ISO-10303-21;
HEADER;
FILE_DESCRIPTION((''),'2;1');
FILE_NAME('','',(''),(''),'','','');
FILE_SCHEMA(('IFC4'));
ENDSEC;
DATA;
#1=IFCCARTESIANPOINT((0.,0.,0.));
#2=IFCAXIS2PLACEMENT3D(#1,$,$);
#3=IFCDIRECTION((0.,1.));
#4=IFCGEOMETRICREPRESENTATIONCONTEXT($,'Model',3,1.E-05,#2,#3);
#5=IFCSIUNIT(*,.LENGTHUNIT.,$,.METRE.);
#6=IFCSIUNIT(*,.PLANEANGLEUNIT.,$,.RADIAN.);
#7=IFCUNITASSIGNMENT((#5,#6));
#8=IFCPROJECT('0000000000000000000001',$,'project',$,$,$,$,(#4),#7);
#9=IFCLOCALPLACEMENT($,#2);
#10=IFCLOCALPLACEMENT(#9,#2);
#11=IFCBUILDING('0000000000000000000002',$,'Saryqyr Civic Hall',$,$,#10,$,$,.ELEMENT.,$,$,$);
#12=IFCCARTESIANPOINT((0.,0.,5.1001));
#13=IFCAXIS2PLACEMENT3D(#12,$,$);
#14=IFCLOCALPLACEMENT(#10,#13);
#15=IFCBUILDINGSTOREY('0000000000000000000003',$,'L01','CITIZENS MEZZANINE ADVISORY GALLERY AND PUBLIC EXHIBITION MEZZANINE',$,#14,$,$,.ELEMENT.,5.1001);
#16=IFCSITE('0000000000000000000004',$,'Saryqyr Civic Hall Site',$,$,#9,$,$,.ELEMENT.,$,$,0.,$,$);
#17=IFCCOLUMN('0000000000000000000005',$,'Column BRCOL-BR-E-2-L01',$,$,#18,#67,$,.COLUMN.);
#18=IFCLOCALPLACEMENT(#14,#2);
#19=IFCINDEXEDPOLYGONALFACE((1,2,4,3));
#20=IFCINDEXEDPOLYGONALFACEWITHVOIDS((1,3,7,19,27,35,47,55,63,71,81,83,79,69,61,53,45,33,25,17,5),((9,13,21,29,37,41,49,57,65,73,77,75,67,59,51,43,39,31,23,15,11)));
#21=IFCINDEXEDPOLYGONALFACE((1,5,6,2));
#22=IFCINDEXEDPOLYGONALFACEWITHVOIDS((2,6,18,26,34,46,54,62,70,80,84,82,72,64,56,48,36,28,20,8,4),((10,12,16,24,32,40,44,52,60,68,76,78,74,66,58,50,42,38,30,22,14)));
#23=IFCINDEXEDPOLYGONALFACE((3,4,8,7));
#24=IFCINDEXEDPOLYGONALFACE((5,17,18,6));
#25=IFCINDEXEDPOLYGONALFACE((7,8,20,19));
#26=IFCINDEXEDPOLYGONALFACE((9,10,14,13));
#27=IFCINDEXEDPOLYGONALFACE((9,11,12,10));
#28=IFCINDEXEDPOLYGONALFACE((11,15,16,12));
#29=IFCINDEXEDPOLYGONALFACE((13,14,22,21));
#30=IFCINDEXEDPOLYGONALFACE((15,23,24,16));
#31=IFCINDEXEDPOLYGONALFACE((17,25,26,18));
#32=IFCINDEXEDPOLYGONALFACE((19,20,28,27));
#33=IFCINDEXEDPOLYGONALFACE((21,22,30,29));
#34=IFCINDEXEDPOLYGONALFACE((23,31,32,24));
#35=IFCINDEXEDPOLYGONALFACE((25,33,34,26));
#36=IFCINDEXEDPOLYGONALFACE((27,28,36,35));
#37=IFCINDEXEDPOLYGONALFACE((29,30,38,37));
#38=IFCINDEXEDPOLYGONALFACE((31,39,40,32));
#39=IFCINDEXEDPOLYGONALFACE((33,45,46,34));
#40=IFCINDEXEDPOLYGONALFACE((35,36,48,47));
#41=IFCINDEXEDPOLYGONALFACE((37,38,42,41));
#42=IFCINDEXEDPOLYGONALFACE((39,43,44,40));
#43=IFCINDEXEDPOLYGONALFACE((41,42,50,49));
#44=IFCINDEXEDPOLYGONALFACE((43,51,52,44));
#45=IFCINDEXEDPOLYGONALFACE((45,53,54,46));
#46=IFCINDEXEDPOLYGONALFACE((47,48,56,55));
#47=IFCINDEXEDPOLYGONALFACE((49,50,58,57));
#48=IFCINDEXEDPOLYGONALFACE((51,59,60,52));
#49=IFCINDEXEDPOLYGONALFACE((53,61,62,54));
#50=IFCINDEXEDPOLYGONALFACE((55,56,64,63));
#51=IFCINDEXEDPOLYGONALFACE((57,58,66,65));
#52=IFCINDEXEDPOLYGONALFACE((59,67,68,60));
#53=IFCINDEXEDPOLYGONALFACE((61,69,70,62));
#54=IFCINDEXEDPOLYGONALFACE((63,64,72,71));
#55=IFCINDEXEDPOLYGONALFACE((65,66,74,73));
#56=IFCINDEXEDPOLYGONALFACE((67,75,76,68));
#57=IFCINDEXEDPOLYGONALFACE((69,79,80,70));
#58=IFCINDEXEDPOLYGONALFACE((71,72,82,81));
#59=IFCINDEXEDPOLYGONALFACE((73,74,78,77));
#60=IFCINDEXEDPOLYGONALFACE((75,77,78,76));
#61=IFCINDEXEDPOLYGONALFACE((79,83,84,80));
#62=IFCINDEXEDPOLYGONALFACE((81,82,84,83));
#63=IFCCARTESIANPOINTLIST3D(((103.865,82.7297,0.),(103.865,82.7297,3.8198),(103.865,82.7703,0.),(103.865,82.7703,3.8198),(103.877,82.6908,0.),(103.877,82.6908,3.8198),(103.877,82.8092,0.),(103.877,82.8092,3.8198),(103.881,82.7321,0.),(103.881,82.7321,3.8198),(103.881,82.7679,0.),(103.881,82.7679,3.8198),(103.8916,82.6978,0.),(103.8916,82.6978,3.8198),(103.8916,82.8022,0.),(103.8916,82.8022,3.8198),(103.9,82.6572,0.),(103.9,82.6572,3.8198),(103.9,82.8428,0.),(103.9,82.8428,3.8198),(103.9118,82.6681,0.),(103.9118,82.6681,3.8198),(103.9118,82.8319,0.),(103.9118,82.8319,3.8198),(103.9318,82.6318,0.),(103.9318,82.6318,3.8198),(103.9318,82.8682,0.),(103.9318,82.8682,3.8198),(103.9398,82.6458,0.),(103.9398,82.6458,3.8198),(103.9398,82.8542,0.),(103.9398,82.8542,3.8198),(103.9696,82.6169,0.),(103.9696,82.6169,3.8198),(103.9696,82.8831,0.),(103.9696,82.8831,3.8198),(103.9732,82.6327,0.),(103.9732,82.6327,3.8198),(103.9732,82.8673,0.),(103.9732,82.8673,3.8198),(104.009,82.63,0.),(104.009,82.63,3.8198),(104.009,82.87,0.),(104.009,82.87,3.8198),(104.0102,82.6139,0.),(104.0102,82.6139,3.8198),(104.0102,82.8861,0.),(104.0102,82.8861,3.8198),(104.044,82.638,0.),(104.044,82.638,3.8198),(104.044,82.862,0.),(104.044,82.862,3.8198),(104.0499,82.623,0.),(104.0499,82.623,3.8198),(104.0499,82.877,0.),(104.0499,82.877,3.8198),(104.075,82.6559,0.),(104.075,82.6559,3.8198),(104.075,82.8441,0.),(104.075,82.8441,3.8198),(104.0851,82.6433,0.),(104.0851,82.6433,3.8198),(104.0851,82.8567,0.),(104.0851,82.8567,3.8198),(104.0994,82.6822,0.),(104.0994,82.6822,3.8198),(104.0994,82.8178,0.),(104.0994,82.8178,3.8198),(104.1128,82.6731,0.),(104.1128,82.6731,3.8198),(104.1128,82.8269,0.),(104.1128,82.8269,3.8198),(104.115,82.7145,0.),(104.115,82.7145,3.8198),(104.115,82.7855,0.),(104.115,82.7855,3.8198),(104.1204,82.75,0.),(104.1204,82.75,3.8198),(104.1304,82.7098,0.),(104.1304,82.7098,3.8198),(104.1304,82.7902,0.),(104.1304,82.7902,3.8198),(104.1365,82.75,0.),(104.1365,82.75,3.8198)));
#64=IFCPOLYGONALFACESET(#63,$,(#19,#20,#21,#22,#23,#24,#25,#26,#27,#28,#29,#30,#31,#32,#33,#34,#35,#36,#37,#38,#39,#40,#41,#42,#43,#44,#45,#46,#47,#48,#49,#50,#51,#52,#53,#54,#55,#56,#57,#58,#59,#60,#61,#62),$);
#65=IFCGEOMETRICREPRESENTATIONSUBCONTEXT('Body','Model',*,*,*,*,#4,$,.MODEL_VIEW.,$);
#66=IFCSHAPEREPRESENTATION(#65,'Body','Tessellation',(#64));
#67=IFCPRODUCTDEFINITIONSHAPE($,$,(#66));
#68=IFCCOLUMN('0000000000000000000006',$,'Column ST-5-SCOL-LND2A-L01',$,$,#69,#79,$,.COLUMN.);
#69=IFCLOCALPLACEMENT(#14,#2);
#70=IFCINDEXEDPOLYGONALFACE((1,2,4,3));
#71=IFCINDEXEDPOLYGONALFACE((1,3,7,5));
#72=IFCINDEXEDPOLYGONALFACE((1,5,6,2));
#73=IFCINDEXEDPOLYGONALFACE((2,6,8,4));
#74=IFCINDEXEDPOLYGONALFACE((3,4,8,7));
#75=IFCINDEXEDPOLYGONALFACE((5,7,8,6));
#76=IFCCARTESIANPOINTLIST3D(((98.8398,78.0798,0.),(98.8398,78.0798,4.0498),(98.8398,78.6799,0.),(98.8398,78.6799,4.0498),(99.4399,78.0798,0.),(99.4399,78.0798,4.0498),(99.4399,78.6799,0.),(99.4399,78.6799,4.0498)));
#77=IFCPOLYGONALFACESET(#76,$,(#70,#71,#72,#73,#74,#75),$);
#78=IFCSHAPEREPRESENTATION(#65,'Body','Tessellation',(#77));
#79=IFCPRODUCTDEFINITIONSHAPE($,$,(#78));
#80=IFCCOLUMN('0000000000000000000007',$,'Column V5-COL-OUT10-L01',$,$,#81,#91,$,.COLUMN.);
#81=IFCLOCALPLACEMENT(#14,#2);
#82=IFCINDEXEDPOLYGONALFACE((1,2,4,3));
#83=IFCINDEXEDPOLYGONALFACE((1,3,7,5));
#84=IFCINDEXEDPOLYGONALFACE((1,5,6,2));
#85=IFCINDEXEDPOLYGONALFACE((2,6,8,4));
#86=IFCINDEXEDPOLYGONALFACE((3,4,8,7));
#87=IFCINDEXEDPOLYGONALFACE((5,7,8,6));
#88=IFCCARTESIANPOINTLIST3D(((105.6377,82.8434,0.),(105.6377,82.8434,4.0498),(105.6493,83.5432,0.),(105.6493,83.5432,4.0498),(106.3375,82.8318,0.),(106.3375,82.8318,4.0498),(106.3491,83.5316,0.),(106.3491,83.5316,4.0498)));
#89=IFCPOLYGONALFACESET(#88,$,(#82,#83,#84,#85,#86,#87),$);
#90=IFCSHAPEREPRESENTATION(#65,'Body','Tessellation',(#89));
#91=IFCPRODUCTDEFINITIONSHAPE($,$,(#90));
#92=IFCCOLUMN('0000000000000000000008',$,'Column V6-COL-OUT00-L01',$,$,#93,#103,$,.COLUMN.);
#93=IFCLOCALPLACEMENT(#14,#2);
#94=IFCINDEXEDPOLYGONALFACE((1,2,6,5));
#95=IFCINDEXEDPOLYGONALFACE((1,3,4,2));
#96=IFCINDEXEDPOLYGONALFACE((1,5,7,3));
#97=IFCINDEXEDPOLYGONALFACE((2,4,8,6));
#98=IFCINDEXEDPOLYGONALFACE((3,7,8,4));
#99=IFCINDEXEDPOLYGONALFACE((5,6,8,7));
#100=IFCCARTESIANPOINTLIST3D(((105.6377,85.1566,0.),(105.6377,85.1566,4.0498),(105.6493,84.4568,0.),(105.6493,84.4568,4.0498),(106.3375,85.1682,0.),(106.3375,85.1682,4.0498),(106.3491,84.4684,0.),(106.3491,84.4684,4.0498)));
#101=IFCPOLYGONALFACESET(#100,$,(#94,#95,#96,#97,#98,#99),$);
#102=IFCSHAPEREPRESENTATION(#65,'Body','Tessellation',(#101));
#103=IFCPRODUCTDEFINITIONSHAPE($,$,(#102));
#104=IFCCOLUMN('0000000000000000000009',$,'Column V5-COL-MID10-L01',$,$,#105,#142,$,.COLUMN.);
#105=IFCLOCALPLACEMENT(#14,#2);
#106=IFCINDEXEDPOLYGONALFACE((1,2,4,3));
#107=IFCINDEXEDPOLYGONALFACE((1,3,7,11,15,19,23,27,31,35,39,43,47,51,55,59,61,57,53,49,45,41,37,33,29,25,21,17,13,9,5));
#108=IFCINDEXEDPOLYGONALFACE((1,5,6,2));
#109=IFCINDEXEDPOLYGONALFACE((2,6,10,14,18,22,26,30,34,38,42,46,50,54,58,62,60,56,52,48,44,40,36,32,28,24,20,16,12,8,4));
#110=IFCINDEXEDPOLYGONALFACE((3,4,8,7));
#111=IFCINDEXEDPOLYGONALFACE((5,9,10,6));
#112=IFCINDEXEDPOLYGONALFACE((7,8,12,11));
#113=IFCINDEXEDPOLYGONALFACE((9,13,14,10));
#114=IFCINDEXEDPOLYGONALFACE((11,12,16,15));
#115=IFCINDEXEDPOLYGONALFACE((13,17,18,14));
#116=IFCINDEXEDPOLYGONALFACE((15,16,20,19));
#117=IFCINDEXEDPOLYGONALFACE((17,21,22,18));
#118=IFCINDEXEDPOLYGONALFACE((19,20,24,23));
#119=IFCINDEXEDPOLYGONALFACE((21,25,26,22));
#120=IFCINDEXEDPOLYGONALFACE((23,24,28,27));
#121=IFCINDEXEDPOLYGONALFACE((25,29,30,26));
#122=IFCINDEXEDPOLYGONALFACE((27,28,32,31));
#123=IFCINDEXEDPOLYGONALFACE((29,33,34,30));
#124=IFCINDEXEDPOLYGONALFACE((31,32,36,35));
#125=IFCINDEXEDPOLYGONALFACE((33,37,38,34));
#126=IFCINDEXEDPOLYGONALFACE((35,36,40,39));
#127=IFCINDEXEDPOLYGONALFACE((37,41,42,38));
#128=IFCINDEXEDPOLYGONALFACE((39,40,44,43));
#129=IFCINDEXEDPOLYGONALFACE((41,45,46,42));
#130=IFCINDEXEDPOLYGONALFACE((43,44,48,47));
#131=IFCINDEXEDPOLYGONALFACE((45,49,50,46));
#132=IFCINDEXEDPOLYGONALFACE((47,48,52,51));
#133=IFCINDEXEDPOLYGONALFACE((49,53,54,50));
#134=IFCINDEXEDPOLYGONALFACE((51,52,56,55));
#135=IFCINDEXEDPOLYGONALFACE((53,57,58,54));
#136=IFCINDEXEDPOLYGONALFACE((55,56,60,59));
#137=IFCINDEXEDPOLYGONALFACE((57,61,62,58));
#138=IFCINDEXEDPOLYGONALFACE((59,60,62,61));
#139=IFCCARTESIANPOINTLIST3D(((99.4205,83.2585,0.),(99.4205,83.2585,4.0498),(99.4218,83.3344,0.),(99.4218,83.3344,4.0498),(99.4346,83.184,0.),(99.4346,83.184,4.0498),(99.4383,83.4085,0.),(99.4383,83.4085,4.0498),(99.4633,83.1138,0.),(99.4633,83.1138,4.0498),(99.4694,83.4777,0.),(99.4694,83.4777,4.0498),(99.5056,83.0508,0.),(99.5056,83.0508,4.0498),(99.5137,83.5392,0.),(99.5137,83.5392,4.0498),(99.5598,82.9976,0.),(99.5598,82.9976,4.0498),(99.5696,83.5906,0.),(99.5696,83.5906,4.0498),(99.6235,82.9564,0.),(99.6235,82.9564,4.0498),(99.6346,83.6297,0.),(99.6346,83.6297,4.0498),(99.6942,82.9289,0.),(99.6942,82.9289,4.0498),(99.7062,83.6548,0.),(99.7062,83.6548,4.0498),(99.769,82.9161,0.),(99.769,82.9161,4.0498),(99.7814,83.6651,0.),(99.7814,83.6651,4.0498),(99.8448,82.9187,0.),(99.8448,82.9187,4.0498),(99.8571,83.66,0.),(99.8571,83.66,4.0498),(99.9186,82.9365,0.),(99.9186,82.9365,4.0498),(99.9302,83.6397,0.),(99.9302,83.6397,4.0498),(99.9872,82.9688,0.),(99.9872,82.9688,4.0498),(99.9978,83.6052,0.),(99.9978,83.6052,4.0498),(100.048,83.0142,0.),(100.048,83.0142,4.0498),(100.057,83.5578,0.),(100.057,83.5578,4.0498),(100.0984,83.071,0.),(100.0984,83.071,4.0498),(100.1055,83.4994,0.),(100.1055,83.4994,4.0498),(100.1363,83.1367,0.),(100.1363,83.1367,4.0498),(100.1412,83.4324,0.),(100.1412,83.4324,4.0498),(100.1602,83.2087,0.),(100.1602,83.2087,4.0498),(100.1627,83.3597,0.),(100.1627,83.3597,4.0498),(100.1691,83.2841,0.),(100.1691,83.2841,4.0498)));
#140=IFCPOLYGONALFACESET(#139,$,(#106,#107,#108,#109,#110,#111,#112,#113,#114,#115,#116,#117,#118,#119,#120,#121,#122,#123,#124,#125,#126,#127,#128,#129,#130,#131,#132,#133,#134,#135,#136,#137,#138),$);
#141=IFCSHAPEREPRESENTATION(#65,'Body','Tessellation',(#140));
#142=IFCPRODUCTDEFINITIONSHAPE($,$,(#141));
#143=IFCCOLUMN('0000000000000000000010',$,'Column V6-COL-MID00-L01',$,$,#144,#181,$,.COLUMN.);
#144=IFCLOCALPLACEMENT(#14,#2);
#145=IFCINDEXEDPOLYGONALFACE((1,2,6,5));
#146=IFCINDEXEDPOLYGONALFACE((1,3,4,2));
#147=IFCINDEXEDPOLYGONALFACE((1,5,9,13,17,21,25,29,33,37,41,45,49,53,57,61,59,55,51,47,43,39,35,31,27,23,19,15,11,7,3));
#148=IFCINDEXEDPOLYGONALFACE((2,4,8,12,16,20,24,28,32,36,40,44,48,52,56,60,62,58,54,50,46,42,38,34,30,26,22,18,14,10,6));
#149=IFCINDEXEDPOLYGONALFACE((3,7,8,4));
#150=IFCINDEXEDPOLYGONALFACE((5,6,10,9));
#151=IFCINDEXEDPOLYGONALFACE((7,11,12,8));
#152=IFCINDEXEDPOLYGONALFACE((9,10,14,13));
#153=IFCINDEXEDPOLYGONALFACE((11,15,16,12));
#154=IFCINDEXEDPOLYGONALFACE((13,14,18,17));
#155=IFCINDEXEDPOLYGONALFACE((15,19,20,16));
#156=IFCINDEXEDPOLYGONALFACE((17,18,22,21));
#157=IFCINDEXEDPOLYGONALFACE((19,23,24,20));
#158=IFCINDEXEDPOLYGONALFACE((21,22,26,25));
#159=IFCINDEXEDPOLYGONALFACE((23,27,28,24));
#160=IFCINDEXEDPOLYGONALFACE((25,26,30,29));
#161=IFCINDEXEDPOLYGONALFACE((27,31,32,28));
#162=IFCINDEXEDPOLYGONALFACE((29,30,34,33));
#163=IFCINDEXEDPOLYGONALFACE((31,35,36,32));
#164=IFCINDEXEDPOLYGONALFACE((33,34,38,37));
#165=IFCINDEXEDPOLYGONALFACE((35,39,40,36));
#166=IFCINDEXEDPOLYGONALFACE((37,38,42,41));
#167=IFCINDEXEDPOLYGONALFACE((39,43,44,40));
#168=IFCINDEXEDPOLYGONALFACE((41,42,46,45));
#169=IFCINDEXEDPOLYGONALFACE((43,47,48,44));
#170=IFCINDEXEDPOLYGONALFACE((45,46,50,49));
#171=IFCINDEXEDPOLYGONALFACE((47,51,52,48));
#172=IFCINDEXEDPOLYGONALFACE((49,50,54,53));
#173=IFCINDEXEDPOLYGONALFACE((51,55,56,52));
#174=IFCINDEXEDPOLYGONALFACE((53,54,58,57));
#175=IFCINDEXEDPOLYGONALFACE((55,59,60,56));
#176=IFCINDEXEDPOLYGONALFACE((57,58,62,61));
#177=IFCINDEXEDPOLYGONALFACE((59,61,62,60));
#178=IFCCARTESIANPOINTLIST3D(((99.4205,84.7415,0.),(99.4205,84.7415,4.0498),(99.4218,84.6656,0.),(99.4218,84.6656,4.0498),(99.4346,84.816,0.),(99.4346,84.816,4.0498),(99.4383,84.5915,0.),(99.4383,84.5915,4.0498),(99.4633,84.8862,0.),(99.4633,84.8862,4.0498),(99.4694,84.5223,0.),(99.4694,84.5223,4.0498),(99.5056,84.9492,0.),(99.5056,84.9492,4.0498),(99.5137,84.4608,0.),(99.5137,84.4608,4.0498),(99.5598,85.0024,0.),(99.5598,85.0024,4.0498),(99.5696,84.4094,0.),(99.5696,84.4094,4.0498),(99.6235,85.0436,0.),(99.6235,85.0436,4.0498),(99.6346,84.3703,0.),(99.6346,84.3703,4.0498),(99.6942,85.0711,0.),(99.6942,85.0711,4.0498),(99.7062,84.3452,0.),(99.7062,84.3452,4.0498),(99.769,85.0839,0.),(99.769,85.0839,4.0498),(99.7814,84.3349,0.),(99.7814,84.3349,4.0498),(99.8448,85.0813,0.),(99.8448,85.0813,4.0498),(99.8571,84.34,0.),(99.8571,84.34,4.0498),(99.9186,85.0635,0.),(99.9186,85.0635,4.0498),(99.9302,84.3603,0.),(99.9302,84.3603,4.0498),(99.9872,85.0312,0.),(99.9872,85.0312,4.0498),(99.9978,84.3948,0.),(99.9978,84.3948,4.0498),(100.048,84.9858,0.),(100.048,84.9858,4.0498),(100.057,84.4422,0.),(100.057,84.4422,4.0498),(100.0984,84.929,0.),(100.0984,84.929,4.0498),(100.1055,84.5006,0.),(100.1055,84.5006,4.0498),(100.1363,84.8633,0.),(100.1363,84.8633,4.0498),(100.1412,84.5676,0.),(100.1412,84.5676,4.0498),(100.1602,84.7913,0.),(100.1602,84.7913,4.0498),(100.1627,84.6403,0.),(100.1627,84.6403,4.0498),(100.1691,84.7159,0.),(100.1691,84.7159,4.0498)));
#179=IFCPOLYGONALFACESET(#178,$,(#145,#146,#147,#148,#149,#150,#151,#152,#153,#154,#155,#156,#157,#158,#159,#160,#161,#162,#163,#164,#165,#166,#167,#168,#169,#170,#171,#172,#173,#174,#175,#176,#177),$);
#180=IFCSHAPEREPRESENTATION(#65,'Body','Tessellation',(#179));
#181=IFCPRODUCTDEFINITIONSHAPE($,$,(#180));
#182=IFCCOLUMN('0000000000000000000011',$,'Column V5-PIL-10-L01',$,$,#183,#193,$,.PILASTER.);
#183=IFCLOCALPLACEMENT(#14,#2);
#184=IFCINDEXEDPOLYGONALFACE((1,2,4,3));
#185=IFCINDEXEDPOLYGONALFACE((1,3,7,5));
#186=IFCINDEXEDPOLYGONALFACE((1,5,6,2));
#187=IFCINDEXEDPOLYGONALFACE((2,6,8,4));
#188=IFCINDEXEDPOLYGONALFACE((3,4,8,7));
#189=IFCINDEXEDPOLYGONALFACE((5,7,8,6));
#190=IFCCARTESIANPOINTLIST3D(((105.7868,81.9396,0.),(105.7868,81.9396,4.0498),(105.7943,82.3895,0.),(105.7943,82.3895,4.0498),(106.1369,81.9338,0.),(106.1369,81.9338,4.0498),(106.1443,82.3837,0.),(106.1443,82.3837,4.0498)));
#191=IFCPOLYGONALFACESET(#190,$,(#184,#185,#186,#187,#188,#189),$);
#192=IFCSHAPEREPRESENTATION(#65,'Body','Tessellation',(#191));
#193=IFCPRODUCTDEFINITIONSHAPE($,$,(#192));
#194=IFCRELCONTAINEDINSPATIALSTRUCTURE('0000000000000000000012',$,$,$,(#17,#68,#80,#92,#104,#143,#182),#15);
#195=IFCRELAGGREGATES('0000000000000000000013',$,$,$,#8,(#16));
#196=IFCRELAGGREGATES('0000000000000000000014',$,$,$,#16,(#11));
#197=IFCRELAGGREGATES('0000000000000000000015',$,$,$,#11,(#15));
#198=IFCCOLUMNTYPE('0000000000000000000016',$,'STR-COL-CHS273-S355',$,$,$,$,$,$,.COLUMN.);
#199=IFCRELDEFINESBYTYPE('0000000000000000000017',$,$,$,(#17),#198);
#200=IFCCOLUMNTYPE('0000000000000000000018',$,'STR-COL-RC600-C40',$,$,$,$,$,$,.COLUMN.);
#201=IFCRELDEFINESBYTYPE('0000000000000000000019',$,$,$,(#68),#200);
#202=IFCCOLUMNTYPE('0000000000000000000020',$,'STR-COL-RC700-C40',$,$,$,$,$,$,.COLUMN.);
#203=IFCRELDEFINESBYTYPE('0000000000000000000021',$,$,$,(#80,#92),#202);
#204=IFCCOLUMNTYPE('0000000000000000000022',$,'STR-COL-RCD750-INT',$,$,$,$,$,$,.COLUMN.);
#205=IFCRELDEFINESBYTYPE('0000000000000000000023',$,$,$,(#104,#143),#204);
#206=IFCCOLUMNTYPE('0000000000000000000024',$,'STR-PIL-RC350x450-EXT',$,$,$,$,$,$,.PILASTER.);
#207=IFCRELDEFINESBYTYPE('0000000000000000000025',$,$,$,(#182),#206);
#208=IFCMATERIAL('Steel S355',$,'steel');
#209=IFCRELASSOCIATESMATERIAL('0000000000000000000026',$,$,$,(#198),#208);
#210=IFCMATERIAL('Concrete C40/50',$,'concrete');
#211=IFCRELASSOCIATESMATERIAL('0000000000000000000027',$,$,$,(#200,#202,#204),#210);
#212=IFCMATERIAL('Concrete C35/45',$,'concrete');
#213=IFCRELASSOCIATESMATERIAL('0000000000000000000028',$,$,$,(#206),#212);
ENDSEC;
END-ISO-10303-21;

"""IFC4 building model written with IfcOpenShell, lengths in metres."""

from ifc_helpers import new_model, si_unit, direction, frame, origin, origin_2d, place, context, subcontext, project, spatial, rectangle, circle, hollow_circle, extrude, material, material_profile, profile_set, type_object, element, save


model = new_model("IFC4")

# Units and contexts
model_context = context("Model", 3, precision=1e-05, world=origin(), true_north=direction((0.0, 1.0)))
body_context = subcontext(model_context, "Body", "Model", "MODEL_VIEW")
ifc_project = project(units=[si_unit("LENGTHUNIT", "METRE"), si_unit("PLANEANGLEUNIT", "RADIAN")], contexts=[model_context])

# Site, building, storey
site_placement = place(None, origin())
site = spatial("IfcSite", under=ifc_project, at=site_placement, Name="Saryqyr Civic Hall Site", CompositionType="ELEMENT", RefElevation=0.0)
building_placement = place(site_placement, origin())
building = spatial("IfcBuilding", under=site, at=building_placement, Name="Saryqyr Civic Hall", CompositionType="ELEMENT")
storey_placement = place(building_placement, frame((0.0, 0.0, 5.1001)))
storey = spatial("IfcBuildingStorey", under=building, at=storey_placement, Name="L01", Description="CITIZENS MEZZANINE ADVISORY GALLERY AND PUBLIC EXHIBITION MEZZANINE", CompositionType="ELEMENT", Elevation=5.1001)

# Columns
ifc_material_1 = material(Name="Steel S355", Category="steel")
ifc_material_profile_1 = material_profile(ifc_material_1, hollow_circle(Radius=0.1365, WallThickness=0.0161, at=origin_2d()), Name="CHS 273x16")
ifc_profile_set_1 = profile_set([ifc_material_profile_1], Name="Steel S355")
column_type_1 = type_object("IfcColumnType", Name="STR-COL-CHS273-S355", PredefinedType="COLUMN", material=ifc_profile_set_1)
column_1_placement = place(storey_placement, frame((104.0, 82.75, 0.0), z_axis=(0.0, 0.0, 1.0), x_axis=(1.0, 0.0, 0.0)))
element("IfcColumn", 1, at=column_1_placement, inside=storey, type_object=column_type_1, Name="Column BRCOL-BR-E-2-L01", PredefinedType="COLUMN", context=body_context, shape_type="SweptSolid", body=[
    extrude(hollow_circle(Radius=0.1365, WallThickness=0.0161, at=origin_2d()), origin(), (0.0, 0.0, 1.0), 3.8198),
])
ifc_material_2 = material(Name="Concrete C40/50", Category="concrete")
ifc_material_profile_2 = material_profile(ifc_material_2, rectangle(XDim=0.6001, YDim=0.6001, at=origin_2d()), Name="RC 600x600")
ifc_profile_set_2 = profile_set([ifc_material_profile_2], Name="Concrete C40/50")
column_type_2 = type_object("IfcColumnType", Name="STR-COL-RC600-C40", PredefinedType="COLUMN", material=ifc_profile_set_2)
column_2_placement = place(storey_placement, frame((99.1399, 78.3799, 0.0), z_axis=(0.0, 0.0, 1.0), x_axis=(1.0, 0.0, 0.0)))
element("IfcColumn", 2, at=column_2_placement, inside=storey, type_object=column_type_2, Name="Column ST-5-SCOL-LND2A-L01", PredefinedType="COLUMN", context=body_context, shape_type="SweptSolid", body=[
    extrude(rectangle(XDim=0.6001, YDim=0.6001, at=origin_2d()), origin(), (0.0, 0.0, 1.0), 4.0498),
])
ifc_material_profile_3 = material_profile(ifc_material_2, rectangle(XDim=0.7, YDim=0.7, at=origin_2d()), Name="RC 700x700")
ifc_profile_set_3 = profile_set([ifc_material_profile_3], Name="Concrete C40/50")
column_type_3 = type_object("IfcColumnType", Name="STR-COL-RC700-C40", PredefinedType="COLUMN", material=ifc_profile_set_3)
for number, where, z_axis, x_axis, name in (
    (3, (105.9934, 83.1875, 0.0), (0.0, 0.0, 1.0), (0.999863, -0.01658, 0.0), "Column V5-COL-OUT10-L01"),
    (4, (105.9934, 84.8125, 0.0), (0.0, 0.0, 1.0), (0.999863, 0.01658, 0.0), "Column V6-COL-OUT00-L01"),
):
    element("IfcColumn", number, at=place(storey_placement, frame(where, z_axis=z_axis, x_axis=x_axis)), inside=storey, type_object=column_type_3, Name=name, PredefinedType="COLUMN", context=body_context, shape_type="SweptSolid", body=[
        extrude(rectangle(XDim=0.7, YDim=0.7, at=origin_2d()), origin(), (0.0, 0.0, 1.0), 4.0498),
    ])
ifc_material_profile_4 = material_profile(ifc_material_2, circle(Radius=0.375, at=origin_2d()), Name="RC D750")
ifc_profile_set_4 = profile_set([ifc_material_profile_4], Name="Concrete C40/50")
column_type_4 = type_object("IfcColumnType", Name="STR-COL-RCD750-INT", PredefinedType="COLUMN", material=ifc_profile_set_4)
for number, where, z_axis, x_axis, name in (
    (5, (99.7942, 83.2903, 0.0), (0.0, 0.0, 1.0), (0.999863, -0.01658, 0.0), "Column V5-COL-MID10-L01"),
    (6, (99.7942, 84.7097, 0.0), (0.0, 0.0, 1.0), (0.999863, 0.01658, 0.0), "Column V6-COL-MID00-L01"),
):
    element("IfcColumn", number, at=place(storey_placement, frame(where, z_axis=z_axis, x_axis=x_axis)), inside=storey, type_object=column_type_4, Name=name, PredefinedType="COLUMN", context=body_context, shape_type="SweptSolid", body=[
        extrude(circle(Radius=0.375, at=origin_2d()), origin(), (0.0, 0.0, 1.0), 4.0498),
    ])
ifc_material_3 = material(Name="Concrete C35/45", Category="concrete")
ifc_material_profile_5 = material_profile(ifc_material_3, rectangle(XDim=0.3501, YDim=0.45, at=origin_2d()), Name="RC 350x450")
ifc_profile_set_5 = profile_set([ifc_material_profile_5], Name="Concrete C35/45")
column_type_5 = type_object("IfcColumnType", Name="STR-PIL-RC350x450-EXT", PredefinedType="PILASTER", material=ifc_profile_set_5)
column_3_placement = place(storey_placement, frame((105.9656, 82.1616, 0.0), z_axis=(0.0, 0.0, 1.0), x_axis=(0.999863, -0.01658, 0.0)))
element("IfcColumn", 7, at=column_3_placement, inside=storey, type_object=column_type_5, Name="Column V5-PIL-10-L01", PredefinedType="PILASTER", context=body_context, shape_type="SweptSolid", body=[
    extrude(rectangle(XDim=0.3501, YDim=0.45, at=origin_2d()), origin(), (0.0, 0.0, 1.0), 4.0498),
])

save(model, "model.ifc")
